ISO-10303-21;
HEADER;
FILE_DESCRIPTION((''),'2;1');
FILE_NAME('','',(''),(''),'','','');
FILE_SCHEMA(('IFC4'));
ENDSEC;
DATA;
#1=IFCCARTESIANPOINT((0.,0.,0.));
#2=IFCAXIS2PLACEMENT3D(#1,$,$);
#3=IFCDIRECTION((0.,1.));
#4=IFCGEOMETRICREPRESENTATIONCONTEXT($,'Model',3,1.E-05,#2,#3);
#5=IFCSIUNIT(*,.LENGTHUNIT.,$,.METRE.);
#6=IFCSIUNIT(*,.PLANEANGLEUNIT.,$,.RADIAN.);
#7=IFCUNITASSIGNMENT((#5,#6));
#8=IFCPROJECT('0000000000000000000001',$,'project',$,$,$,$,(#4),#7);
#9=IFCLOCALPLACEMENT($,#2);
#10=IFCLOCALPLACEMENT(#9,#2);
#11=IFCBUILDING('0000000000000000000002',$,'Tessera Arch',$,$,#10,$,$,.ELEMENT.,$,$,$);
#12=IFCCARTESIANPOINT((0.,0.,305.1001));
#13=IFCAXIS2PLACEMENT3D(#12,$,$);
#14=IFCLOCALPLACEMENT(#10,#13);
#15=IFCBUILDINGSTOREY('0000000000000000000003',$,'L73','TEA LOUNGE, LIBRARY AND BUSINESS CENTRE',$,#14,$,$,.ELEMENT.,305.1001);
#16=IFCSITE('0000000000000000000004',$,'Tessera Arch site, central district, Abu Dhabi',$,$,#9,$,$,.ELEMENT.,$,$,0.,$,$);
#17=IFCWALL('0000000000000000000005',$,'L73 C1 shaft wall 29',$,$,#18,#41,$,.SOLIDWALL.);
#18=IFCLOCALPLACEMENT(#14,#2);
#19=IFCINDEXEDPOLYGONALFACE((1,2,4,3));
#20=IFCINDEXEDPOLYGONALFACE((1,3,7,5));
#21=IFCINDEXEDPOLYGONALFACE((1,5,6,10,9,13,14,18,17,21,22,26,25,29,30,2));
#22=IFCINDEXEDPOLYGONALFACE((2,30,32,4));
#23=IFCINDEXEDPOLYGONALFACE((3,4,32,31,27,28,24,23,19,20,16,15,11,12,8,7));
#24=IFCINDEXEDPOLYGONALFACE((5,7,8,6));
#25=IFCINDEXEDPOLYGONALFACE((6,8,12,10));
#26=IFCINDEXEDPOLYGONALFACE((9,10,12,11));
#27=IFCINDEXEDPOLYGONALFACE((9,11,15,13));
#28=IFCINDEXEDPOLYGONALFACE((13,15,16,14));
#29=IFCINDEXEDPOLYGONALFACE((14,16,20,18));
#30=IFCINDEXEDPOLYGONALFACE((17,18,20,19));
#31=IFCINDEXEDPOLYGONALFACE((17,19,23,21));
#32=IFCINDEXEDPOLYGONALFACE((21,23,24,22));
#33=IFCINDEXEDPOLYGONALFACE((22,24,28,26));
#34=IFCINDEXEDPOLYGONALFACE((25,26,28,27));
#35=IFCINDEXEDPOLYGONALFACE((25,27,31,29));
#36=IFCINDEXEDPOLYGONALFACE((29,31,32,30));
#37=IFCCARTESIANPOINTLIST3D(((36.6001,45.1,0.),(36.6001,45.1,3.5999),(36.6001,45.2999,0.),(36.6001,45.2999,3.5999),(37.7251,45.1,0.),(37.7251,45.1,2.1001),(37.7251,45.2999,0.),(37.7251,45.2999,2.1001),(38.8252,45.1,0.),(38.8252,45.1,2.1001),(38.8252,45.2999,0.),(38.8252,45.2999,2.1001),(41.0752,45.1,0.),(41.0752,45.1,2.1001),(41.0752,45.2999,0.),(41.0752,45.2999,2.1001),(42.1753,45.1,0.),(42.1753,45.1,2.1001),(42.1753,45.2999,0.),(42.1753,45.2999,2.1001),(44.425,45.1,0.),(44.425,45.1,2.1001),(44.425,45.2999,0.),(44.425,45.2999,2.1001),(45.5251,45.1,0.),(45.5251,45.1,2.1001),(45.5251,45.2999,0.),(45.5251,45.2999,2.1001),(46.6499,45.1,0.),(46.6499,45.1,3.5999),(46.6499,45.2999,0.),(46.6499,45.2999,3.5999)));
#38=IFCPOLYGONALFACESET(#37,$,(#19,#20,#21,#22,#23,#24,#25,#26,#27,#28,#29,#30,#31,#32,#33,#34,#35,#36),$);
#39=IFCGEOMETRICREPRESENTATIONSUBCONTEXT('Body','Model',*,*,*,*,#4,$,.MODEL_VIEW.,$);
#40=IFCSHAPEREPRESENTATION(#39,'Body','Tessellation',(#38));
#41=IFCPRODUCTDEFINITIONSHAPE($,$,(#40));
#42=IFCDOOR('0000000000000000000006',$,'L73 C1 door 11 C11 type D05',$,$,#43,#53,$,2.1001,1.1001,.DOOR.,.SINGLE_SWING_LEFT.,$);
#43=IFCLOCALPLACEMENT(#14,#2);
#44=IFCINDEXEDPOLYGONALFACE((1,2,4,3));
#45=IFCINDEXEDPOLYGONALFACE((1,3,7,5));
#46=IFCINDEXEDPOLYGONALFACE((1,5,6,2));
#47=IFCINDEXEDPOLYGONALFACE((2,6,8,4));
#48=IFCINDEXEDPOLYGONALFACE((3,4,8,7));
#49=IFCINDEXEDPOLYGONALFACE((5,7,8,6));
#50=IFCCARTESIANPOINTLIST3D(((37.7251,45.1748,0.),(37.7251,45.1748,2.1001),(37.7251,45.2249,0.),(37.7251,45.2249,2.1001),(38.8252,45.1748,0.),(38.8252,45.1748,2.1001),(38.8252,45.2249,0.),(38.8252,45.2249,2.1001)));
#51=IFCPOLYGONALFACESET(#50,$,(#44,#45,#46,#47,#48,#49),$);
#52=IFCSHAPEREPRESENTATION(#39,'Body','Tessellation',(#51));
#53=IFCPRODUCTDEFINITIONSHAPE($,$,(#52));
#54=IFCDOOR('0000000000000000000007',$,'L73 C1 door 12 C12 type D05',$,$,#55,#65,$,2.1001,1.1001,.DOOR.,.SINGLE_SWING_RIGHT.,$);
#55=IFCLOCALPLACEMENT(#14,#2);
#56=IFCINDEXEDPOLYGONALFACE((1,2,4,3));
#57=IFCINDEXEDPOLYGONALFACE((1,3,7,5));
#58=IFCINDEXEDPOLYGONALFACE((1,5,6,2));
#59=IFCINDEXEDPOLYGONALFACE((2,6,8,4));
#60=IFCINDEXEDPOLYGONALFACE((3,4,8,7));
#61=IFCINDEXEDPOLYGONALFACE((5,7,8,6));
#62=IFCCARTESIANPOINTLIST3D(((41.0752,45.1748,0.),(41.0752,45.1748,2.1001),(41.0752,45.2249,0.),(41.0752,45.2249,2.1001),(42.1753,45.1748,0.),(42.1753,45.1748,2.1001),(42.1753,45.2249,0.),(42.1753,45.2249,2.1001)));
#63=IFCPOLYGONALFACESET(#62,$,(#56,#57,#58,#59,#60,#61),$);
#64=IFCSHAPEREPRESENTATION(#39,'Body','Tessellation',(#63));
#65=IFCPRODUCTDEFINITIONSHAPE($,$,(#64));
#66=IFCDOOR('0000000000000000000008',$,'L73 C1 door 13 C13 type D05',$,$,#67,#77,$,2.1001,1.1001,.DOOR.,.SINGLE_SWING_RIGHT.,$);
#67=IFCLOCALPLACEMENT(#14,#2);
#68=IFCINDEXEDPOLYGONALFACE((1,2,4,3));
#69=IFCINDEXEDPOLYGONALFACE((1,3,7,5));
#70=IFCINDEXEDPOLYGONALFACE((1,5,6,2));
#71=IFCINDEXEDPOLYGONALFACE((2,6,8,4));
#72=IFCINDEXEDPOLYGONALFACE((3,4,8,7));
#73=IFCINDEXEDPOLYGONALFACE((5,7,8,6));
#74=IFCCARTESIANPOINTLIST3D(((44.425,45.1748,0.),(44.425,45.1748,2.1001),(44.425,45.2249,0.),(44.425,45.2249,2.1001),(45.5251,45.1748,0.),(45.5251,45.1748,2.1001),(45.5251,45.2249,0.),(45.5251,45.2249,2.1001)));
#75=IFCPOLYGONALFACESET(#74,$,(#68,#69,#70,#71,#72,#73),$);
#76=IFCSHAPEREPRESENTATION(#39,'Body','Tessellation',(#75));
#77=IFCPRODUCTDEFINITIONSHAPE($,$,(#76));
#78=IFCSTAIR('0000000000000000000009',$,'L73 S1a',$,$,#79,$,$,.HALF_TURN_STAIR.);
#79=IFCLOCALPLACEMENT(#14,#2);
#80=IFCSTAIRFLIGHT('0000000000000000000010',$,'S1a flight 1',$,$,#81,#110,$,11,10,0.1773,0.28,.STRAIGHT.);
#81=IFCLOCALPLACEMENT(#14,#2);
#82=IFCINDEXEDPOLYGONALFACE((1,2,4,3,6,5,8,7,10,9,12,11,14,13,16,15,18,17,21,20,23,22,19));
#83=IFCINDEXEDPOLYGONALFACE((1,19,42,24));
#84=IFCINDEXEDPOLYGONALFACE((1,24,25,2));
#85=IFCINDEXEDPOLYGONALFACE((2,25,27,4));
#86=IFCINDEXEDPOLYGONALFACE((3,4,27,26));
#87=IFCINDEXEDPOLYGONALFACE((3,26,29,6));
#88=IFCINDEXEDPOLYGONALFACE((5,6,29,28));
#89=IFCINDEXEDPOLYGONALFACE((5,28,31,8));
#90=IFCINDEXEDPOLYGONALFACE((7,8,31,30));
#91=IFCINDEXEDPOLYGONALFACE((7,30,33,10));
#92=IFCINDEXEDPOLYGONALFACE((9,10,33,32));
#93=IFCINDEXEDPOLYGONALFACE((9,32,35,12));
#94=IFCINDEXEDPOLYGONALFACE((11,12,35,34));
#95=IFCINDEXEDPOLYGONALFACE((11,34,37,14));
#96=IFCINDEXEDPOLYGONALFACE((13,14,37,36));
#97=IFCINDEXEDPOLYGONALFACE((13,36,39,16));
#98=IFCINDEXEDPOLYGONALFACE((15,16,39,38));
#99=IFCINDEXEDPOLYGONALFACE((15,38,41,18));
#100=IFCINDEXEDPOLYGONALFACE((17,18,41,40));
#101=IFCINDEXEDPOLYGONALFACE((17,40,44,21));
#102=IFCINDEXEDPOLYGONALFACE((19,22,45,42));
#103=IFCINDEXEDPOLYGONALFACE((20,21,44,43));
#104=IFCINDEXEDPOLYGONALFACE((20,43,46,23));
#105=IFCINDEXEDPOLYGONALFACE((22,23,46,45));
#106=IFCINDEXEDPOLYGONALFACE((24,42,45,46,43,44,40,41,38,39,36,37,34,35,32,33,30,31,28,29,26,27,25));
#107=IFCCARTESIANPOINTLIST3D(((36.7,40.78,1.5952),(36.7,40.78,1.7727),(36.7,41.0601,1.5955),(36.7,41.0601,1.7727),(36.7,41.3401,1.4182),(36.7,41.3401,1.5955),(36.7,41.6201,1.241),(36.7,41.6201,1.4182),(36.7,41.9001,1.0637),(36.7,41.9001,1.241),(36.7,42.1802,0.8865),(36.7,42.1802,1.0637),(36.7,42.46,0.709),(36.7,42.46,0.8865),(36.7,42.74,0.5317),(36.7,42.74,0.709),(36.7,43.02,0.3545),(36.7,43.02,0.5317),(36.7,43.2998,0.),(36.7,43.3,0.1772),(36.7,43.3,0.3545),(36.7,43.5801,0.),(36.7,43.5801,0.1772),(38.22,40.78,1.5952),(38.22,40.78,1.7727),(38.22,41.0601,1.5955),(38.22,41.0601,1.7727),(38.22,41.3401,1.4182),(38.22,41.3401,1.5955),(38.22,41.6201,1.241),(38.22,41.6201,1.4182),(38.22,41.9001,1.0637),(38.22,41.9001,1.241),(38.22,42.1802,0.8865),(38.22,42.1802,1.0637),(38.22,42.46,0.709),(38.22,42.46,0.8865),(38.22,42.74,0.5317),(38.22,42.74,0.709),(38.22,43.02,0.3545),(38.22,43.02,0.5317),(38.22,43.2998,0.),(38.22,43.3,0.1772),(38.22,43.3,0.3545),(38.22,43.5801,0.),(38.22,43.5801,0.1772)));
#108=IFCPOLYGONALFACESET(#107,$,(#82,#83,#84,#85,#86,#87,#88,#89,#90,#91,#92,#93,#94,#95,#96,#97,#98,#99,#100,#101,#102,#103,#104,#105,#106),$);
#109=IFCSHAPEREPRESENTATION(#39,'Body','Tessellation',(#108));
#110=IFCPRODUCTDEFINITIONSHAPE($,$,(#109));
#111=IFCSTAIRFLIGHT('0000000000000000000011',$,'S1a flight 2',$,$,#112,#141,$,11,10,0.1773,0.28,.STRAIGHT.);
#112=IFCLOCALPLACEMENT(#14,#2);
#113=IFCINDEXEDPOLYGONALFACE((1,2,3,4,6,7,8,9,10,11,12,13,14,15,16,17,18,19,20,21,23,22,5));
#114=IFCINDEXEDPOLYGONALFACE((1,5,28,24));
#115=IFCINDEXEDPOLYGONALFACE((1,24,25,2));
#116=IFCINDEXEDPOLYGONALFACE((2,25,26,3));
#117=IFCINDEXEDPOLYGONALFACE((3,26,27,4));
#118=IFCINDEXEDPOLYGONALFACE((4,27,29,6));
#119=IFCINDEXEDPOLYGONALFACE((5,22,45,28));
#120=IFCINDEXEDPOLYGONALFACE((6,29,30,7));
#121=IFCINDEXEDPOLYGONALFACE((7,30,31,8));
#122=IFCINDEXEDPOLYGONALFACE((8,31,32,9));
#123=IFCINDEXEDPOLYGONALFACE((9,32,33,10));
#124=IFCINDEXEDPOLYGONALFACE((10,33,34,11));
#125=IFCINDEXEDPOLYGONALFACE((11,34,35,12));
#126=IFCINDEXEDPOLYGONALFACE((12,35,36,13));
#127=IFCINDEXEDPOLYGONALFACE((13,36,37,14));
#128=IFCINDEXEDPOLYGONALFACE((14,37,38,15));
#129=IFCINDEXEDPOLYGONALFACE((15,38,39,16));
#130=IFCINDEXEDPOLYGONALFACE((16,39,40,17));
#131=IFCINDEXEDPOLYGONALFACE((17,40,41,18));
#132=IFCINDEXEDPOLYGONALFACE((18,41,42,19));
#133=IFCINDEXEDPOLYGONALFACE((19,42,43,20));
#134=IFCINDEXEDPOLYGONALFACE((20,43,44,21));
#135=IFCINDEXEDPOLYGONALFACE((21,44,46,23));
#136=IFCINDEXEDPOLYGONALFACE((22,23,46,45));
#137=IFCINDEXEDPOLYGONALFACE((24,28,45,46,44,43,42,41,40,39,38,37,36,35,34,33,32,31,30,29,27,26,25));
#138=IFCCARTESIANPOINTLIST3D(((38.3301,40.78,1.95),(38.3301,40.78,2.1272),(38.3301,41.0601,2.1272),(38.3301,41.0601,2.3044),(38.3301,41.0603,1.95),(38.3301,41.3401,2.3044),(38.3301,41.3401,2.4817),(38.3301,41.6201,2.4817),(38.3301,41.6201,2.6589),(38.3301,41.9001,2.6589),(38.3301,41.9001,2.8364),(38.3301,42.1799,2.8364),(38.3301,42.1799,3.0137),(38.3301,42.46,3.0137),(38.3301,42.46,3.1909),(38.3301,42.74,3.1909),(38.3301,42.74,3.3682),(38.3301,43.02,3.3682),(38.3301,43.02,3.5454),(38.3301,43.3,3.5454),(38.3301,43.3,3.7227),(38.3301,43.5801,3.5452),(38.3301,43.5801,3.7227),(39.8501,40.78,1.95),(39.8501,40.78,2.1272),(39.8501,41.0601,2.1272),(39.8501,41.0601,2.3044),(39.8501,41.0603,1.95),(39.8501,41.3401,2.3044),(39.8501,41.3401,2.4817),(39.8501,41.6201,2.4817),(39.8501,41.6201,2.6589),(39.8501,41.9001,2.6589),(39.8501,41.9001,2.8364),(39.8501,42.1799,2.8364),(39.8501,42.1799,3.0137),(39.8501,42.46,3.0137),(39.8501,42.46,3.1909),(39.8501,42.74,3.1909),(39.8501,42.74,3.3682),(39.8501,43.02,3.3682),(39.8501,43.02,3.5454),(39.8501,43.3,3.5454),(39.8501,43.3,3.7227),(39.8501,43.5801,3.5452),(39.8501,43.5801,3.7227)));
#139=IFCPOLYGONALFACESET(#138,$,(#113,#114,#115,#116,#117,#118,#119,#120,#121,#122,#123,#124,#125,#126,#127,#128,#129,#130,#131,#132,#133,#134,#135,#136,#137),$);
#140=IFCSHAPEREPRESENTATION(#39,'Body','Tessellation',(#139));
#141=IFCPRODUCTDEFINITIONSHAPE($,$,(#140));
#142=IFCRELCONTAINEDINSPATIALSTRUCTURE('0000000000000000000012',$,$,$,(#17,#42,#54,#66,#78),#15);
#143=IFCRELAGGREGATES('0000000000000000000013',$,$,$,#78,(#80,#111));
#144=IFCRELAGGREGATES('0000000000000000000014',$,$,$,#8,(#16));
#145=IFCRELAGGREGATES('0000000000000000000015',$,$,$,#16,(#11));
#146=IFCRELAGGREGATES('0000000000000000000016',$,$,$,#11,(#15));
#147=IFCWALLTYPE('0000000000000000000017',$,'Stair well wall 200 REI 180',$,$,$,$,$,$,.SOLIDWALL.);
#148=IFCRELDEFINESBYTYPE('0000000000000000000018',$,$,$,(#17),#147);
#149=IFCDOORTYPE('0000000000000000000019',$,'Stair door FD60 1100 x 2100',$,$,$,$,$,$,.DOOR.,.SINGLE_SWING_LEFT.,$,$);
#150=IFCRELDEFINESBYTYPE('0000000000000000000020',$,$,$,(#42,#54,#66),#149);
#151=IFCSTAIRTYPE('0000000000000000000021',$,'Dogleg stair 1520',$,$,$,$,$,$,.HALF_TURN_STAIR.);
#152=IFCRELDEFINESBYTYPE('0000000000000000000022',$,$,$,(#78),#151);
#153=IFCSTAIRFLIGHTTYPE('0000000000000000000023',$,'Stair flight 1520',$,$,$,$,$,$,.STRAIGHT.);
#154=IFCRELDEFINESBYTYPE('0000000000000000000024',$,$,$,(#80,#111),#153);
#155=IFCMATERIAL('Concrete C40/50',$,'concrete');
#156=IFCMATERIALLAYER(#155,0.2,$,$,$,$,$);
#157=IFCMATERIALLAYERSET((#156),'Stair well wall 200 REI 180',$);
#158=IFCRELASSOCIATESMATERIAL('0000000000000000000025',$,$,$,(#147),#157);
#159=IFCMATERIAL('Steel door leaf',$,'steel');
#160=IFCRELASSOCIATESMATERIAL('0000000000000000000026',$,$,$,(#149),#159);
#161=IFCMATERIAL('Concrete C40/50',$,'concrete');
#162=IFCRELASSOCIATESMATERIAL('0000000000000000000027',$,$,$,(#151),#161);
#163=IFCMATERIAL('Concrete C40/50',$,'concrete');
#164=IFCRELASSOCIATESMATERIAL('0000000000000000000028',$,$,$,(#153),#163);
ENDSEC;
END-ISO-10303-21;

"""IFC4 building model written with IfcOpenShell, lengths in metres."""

from ifc_helpers import new_model, si_unit, direction, frame, frame_2d, origin, place, context, subcontext, project, spatial, polyline, rectangle, outline, extrude, material, layer, layer_set, type_object, element, fill, aggregate, save


model = new_model("IFC4")

# Units and contexts
model_context = context("Model", 3, precision=1e-05, world=origin(), true_north=direction((0.0, 1.0)))
body_context = subcontext(model_context, "Body", "Model", "MODEL_VIEW")
ifc_project = project(units=[si_unit("LENGTHUNIT", "METRE"), si_unit("PLANEANGLEUNIT", "RADIAN")], contexts=[model_context])

# Site, building, storey
site_placement = place(None, origin())
site = spatial("IfcSite", under=ifc_project, at=site_placement, Name="Tessera Arch site, central district, Abu Dhabi", CompositionType="ELEMENT", RefElevation=0.0)
building_placement = place(site_placement, origin())
building = spatial("IfcBuilding", under=site, at=building_placement, Name="Tessera Arch", CompositionType="ELEMENT")
storey_placement = place(building_placement, frame((0.0, 0.0, 305.1001)))
storey = spatial("IfcBuildingStorey", under=building, at=storey_placement, Name="L73", Description="TEA LOUNGE, LIBRARY AND BUSINESS CENTRE", CompositionType="ELEMENT", Elevation=305.1001)

# Shared definitions
ifc_material_1 = material(Name="Concrete C40/50", Category="concrete")
ifc_layer_1 = layer(ifc_material_1, 0.2)
ifc_layer_set_1 = layer_set([ifc_layer_1], Name="Stair well wall 200 REI 180")
wall_type_1 = type_object("IfcWallType", Name="Stair well wall 200 REI 180", PredefinedType="SOLIDWALL", material=ifc_layer_set_1)

# Wall, openings, doors
wall_1_placement = place(storey_placement, frame((36.6001, 45.2, 0.0), z_axis=(0.0, 0.0, 1.0), x_axis=(1.0, 0.0, 0.0)))
wall_1 = element("IfcWall", 1, at=wall_1_placement, inside=storey, type_object=wall_type_1, Name="L73 C1 shaft wall 29", PredefinedType="SOLIDWALL", context=body_context, shape_type="SweptSolid", body=[
    extrude(rectangle(XDim=10.0498, YDim=0.2, at=frame_2d((5.0249, 0.0))), origin(), (0.0, 0.0, 1.0), 3.5999),
])
opening_1_placement = place(wall_1_placement, frame((1.125, 0.0, 0.0)))
opening_1 = element("IfcOpeningElement", 2, at=opening_1_placement, cuts=wall_1, PredefinedType="OPENING", context=body_context, shape_type="SweptSolid", body=[
    extrude(rectangle(XDim=1.1001, YDim=2.1001, at=frame_2d((0.55, 1.05))), frame((0.0, 0.1099, 0.0), z_axis=(0.0, -1.0, 0.0), x_axis=(1.0, 0.0, 0.0)), (0.0, 0.0, 1.0), 0.22),
])
opening_2_placement = place(wall_1_placement, frame((4.4751, 0.0, 0.0)))
opening_2 = element("IfcOpeningElement", 3, at=opening_2_placement, cuts=wall_1, PredefinedType="OPENING", context=body_context, shape_type="SweptSolid", body=[
    extrude(rectangle(XDim=1.1001, YDim=2.1001, at=frame_2d((0.55, 1.05))), frame((0.0, 0.1099, 0.0), z_axis=(0.0, -1.0, 0.0), x_axis=(1.0, 0.0, 0.0)), (0.0, 0.0, 1.0), 0.22),
])
opening_3_placement = place(wall_1_placement, frame((7.825, 0.0, 0.0)))
opening_3 = element("IfcOpeningElement", 4, at=opening_3_placement, cuts=wall_1, PredefinedType="OPENING", context=body_context, shape_type="SweptSolid", body=[
    extrude(rectangle(XDim=1.1001, YDim=2.1001, at=frame_2d((0.55, 1.05))), frame((0.0, 0.1099, 0.0), z_axis=(0.0, -1.0, 0.0), x_axis=(1.0, 0.0, 0.0)), (0.0, 0.0, 1.0), 0.22),
])
ifc_material_2 = material(Name="Steel door leaf", Category="steel")
door_type_1 = type_object("IfcDoorType", Name="Stair door FD60 1100 x 2100", OperationType="SINGLE_SWING_LEFT", PredefinedType="DOOR", material=ifc_material_2)
door_1_placement = place(opening_1_placement, origin())
door_1 = element("IfcDoor", 5, at=door_1_placement, inside=storey, type_object=door_type_1, Name="L73 C1 door 11 C11 type D05", OperationType="SINGLE_SWING_LEFT", OverallHeight=2.1001, OverallWidth=1.1001, PredefinedType="DOOR", context=body_context, shape_type="SweptSolid", body=[
    extrude(rectangle(XDim=1.1001, YDim=2.1001, at=frame_2d((0.55, 1.05))), frame((0.0, 0.0249, 0.0), z_axis=(0.0, -1.0, 0.0), x_axis=(1.0, 0.0, 0.0)), (0.0, 0.0, 1.0), 0.05),
])
fill(opening_1, door_1)
door_2_placement = place(opening_2_placement, origin())
door_2 = element("IfcDoor", 6, at=door_2_placement, inside=storey, type_object=door_type_1, Name="L73 C1 door 12 C12 type D05", OperationType="SINGLE_SWING_RIGHT", OverallHeight=2.1001, OverallWidth=1.1001, PredefinedType="DOOR", context=body_context, shape_type="SweptSolid", body=[
    extrude(rectangle(XDim=1.1001, YDim=2.1001, at=frame_2d((0.55, 1.05))), frame((0.0, 0.0249, 0.0), z_axis=(0.0, -1.0, 0.0), x_axis=(1.0, 0.0, 0.0)), (0.0, 0.0, 1.0), 0.05),
])
fill(opening_2, door_2)
door_3_placement = place(opening_3_placement, origin())
door_3 = element("IfcDoor", 7, at=door_3_placement, inside=storey, type_object=door_type_1, Name="L73 C1 door 13 C13 type D05", OperationType="SINGLE_SWING_RIGHT", OverallHeight=2.1001, OverallWidth=1.1001, PredefinedType="DOOR", context=body_context, shape_type="SweptSolid", body=[
    extrude(rectangle(XDim=1.1001, YDim=2.1001, at=frame_2d((0.55, 1.05))), frame((0.0, 0.0249, 0.0), z_axis=(0.0, -1.0, 0.0), x_axis=(1.0, 0.0, 0.0)), (0.0, 0.0, 1.0), 0.05),
])
fill(opening_3, door_3)

# Stair, stair flights
ifc_material_3 = material(Name="Concrete C40/50", Category="concrete")
stair_type = type_object("IfcStairType", Name="Dogleg stair 1520", PredefinedType="HALF_TURN_STAIR", material=ifc_material_3)
stair_placement = place(storey_placement, origin())
stair = element("IfcStair", 8, at=stair_placement, inside=storey, type_object=stair_type, Name="L73 S1a", PredefinedType="HALF_TURN_STAIR")
ifc_material_4 = material(Name="Concrete C40/50", Category="concrete")
stair_flight_type = type_object("IfcStairFlightType", Name="Stair flight 1520", PredefinedType="STRAIGHT", material=ifc_material_4)
stair_flight_1_placement = place(storey_placement, frame((37.46, 43.5801, 0.0), z_axis=(0.0, 0.0, 1.0), x_axis=(0.0, -1.0, 0.0)))
stair_flight_1 = element("IfcStairFlight", 9, at=stair_flight_1_placement, type_object=stair_flight_type, Name="S1a flight 1", NumberOfRisers=11, NumberOfTreads=10, PredefinedType="STRAIGHT", RiserHeight=0.1773, TreadLength=0.28, context=body_context, shape_type="SweptSolid", body=[
    extrude(outline(polyline([(0.0, 0.0), (0.0, 0.1772), (0.28, 0.1772), (0.28, 0.3545), (0.5601, 0.3545), (0.5601, 0.5317), (0.8401, 0.5317), (0.8401, 0.709), (1.1201, 0.709), (1.1201, 0.8865), (1.3999, 0.8865), (1.3999, 1.0637), (1.6799, 1.0637), (1.6799, 1.241), (1.96, 1.241), (1.96, 1.4182), (2.24, 1.4182), (2.24, 1.5955), (2.52, 1.5955), (2.52, 1.7727), (2.8, 1.7727), (2.8, 1.95), (2.8, 1.5952), (0.2803, 0.0), (0.0, 0.0)])), frame((0.0, 0.76, 0.0), z_axis=(0.0, -1.0, 0.0), x_axis=(1.0, 0.0, 0.0)), (0.0, 0.0, 1.0), 1.52),
])
stair_flight_2_placement = place(storey_placement, frame((39.0901, 40.78, 1.95), z_axis=(0.0, 0.0, 1.0), x_axis=(0.0, 1.0, 0.0)))
stair_flight_2 = element("IfcStairFlight", 10, at=stair_flight_2_placement, type_object=stair_flight_type, Name="S1a flight 2", NumberOfRisers=11, NumberOfTreads=10, PredefinedType="STRAIGHT", RiserHeight=0.1773, TreadLength=0.28, context=body_context, shape_type="SweptSolid", body=[
    extrude(outline(polyline([(0.0, 0.0), (0.0, 0.1772), (0.28, 0.1772), (0.28, 0.3545), (0.5601, 0.3545), (0.5601, 0.5317), (0.8401, 0.5317), (0.8401, 0.709), (1.1201, 0.709), (1.1201, 0.8865), (1.3999, 0.8865), (1.3999, 1.0637), (1.6799, 1.0637), (1.6799, 1.241), (1.96, 1.241), (1.96, 1.4182), (2.24, 1.4182), (2.24, 1.5955), (2.52, 1.5955), (2.52, 1.7727), (2.8, 1.7727), (2.8, 1.95), (2.8, 1.5952), (0.2803, 0.0), (0.0, 0.0)])), frame((0.0, 0.76, 0.0), z_axis=(0.0, -1.0, 0.0), x_axis=(1.0, 0.0, 0.0)), (0.0, 0.0, 1.0), 1.52),
])
aggregate(stair, [stair_flight_1, stair_flight_2])

save(model, "model.ifc")
